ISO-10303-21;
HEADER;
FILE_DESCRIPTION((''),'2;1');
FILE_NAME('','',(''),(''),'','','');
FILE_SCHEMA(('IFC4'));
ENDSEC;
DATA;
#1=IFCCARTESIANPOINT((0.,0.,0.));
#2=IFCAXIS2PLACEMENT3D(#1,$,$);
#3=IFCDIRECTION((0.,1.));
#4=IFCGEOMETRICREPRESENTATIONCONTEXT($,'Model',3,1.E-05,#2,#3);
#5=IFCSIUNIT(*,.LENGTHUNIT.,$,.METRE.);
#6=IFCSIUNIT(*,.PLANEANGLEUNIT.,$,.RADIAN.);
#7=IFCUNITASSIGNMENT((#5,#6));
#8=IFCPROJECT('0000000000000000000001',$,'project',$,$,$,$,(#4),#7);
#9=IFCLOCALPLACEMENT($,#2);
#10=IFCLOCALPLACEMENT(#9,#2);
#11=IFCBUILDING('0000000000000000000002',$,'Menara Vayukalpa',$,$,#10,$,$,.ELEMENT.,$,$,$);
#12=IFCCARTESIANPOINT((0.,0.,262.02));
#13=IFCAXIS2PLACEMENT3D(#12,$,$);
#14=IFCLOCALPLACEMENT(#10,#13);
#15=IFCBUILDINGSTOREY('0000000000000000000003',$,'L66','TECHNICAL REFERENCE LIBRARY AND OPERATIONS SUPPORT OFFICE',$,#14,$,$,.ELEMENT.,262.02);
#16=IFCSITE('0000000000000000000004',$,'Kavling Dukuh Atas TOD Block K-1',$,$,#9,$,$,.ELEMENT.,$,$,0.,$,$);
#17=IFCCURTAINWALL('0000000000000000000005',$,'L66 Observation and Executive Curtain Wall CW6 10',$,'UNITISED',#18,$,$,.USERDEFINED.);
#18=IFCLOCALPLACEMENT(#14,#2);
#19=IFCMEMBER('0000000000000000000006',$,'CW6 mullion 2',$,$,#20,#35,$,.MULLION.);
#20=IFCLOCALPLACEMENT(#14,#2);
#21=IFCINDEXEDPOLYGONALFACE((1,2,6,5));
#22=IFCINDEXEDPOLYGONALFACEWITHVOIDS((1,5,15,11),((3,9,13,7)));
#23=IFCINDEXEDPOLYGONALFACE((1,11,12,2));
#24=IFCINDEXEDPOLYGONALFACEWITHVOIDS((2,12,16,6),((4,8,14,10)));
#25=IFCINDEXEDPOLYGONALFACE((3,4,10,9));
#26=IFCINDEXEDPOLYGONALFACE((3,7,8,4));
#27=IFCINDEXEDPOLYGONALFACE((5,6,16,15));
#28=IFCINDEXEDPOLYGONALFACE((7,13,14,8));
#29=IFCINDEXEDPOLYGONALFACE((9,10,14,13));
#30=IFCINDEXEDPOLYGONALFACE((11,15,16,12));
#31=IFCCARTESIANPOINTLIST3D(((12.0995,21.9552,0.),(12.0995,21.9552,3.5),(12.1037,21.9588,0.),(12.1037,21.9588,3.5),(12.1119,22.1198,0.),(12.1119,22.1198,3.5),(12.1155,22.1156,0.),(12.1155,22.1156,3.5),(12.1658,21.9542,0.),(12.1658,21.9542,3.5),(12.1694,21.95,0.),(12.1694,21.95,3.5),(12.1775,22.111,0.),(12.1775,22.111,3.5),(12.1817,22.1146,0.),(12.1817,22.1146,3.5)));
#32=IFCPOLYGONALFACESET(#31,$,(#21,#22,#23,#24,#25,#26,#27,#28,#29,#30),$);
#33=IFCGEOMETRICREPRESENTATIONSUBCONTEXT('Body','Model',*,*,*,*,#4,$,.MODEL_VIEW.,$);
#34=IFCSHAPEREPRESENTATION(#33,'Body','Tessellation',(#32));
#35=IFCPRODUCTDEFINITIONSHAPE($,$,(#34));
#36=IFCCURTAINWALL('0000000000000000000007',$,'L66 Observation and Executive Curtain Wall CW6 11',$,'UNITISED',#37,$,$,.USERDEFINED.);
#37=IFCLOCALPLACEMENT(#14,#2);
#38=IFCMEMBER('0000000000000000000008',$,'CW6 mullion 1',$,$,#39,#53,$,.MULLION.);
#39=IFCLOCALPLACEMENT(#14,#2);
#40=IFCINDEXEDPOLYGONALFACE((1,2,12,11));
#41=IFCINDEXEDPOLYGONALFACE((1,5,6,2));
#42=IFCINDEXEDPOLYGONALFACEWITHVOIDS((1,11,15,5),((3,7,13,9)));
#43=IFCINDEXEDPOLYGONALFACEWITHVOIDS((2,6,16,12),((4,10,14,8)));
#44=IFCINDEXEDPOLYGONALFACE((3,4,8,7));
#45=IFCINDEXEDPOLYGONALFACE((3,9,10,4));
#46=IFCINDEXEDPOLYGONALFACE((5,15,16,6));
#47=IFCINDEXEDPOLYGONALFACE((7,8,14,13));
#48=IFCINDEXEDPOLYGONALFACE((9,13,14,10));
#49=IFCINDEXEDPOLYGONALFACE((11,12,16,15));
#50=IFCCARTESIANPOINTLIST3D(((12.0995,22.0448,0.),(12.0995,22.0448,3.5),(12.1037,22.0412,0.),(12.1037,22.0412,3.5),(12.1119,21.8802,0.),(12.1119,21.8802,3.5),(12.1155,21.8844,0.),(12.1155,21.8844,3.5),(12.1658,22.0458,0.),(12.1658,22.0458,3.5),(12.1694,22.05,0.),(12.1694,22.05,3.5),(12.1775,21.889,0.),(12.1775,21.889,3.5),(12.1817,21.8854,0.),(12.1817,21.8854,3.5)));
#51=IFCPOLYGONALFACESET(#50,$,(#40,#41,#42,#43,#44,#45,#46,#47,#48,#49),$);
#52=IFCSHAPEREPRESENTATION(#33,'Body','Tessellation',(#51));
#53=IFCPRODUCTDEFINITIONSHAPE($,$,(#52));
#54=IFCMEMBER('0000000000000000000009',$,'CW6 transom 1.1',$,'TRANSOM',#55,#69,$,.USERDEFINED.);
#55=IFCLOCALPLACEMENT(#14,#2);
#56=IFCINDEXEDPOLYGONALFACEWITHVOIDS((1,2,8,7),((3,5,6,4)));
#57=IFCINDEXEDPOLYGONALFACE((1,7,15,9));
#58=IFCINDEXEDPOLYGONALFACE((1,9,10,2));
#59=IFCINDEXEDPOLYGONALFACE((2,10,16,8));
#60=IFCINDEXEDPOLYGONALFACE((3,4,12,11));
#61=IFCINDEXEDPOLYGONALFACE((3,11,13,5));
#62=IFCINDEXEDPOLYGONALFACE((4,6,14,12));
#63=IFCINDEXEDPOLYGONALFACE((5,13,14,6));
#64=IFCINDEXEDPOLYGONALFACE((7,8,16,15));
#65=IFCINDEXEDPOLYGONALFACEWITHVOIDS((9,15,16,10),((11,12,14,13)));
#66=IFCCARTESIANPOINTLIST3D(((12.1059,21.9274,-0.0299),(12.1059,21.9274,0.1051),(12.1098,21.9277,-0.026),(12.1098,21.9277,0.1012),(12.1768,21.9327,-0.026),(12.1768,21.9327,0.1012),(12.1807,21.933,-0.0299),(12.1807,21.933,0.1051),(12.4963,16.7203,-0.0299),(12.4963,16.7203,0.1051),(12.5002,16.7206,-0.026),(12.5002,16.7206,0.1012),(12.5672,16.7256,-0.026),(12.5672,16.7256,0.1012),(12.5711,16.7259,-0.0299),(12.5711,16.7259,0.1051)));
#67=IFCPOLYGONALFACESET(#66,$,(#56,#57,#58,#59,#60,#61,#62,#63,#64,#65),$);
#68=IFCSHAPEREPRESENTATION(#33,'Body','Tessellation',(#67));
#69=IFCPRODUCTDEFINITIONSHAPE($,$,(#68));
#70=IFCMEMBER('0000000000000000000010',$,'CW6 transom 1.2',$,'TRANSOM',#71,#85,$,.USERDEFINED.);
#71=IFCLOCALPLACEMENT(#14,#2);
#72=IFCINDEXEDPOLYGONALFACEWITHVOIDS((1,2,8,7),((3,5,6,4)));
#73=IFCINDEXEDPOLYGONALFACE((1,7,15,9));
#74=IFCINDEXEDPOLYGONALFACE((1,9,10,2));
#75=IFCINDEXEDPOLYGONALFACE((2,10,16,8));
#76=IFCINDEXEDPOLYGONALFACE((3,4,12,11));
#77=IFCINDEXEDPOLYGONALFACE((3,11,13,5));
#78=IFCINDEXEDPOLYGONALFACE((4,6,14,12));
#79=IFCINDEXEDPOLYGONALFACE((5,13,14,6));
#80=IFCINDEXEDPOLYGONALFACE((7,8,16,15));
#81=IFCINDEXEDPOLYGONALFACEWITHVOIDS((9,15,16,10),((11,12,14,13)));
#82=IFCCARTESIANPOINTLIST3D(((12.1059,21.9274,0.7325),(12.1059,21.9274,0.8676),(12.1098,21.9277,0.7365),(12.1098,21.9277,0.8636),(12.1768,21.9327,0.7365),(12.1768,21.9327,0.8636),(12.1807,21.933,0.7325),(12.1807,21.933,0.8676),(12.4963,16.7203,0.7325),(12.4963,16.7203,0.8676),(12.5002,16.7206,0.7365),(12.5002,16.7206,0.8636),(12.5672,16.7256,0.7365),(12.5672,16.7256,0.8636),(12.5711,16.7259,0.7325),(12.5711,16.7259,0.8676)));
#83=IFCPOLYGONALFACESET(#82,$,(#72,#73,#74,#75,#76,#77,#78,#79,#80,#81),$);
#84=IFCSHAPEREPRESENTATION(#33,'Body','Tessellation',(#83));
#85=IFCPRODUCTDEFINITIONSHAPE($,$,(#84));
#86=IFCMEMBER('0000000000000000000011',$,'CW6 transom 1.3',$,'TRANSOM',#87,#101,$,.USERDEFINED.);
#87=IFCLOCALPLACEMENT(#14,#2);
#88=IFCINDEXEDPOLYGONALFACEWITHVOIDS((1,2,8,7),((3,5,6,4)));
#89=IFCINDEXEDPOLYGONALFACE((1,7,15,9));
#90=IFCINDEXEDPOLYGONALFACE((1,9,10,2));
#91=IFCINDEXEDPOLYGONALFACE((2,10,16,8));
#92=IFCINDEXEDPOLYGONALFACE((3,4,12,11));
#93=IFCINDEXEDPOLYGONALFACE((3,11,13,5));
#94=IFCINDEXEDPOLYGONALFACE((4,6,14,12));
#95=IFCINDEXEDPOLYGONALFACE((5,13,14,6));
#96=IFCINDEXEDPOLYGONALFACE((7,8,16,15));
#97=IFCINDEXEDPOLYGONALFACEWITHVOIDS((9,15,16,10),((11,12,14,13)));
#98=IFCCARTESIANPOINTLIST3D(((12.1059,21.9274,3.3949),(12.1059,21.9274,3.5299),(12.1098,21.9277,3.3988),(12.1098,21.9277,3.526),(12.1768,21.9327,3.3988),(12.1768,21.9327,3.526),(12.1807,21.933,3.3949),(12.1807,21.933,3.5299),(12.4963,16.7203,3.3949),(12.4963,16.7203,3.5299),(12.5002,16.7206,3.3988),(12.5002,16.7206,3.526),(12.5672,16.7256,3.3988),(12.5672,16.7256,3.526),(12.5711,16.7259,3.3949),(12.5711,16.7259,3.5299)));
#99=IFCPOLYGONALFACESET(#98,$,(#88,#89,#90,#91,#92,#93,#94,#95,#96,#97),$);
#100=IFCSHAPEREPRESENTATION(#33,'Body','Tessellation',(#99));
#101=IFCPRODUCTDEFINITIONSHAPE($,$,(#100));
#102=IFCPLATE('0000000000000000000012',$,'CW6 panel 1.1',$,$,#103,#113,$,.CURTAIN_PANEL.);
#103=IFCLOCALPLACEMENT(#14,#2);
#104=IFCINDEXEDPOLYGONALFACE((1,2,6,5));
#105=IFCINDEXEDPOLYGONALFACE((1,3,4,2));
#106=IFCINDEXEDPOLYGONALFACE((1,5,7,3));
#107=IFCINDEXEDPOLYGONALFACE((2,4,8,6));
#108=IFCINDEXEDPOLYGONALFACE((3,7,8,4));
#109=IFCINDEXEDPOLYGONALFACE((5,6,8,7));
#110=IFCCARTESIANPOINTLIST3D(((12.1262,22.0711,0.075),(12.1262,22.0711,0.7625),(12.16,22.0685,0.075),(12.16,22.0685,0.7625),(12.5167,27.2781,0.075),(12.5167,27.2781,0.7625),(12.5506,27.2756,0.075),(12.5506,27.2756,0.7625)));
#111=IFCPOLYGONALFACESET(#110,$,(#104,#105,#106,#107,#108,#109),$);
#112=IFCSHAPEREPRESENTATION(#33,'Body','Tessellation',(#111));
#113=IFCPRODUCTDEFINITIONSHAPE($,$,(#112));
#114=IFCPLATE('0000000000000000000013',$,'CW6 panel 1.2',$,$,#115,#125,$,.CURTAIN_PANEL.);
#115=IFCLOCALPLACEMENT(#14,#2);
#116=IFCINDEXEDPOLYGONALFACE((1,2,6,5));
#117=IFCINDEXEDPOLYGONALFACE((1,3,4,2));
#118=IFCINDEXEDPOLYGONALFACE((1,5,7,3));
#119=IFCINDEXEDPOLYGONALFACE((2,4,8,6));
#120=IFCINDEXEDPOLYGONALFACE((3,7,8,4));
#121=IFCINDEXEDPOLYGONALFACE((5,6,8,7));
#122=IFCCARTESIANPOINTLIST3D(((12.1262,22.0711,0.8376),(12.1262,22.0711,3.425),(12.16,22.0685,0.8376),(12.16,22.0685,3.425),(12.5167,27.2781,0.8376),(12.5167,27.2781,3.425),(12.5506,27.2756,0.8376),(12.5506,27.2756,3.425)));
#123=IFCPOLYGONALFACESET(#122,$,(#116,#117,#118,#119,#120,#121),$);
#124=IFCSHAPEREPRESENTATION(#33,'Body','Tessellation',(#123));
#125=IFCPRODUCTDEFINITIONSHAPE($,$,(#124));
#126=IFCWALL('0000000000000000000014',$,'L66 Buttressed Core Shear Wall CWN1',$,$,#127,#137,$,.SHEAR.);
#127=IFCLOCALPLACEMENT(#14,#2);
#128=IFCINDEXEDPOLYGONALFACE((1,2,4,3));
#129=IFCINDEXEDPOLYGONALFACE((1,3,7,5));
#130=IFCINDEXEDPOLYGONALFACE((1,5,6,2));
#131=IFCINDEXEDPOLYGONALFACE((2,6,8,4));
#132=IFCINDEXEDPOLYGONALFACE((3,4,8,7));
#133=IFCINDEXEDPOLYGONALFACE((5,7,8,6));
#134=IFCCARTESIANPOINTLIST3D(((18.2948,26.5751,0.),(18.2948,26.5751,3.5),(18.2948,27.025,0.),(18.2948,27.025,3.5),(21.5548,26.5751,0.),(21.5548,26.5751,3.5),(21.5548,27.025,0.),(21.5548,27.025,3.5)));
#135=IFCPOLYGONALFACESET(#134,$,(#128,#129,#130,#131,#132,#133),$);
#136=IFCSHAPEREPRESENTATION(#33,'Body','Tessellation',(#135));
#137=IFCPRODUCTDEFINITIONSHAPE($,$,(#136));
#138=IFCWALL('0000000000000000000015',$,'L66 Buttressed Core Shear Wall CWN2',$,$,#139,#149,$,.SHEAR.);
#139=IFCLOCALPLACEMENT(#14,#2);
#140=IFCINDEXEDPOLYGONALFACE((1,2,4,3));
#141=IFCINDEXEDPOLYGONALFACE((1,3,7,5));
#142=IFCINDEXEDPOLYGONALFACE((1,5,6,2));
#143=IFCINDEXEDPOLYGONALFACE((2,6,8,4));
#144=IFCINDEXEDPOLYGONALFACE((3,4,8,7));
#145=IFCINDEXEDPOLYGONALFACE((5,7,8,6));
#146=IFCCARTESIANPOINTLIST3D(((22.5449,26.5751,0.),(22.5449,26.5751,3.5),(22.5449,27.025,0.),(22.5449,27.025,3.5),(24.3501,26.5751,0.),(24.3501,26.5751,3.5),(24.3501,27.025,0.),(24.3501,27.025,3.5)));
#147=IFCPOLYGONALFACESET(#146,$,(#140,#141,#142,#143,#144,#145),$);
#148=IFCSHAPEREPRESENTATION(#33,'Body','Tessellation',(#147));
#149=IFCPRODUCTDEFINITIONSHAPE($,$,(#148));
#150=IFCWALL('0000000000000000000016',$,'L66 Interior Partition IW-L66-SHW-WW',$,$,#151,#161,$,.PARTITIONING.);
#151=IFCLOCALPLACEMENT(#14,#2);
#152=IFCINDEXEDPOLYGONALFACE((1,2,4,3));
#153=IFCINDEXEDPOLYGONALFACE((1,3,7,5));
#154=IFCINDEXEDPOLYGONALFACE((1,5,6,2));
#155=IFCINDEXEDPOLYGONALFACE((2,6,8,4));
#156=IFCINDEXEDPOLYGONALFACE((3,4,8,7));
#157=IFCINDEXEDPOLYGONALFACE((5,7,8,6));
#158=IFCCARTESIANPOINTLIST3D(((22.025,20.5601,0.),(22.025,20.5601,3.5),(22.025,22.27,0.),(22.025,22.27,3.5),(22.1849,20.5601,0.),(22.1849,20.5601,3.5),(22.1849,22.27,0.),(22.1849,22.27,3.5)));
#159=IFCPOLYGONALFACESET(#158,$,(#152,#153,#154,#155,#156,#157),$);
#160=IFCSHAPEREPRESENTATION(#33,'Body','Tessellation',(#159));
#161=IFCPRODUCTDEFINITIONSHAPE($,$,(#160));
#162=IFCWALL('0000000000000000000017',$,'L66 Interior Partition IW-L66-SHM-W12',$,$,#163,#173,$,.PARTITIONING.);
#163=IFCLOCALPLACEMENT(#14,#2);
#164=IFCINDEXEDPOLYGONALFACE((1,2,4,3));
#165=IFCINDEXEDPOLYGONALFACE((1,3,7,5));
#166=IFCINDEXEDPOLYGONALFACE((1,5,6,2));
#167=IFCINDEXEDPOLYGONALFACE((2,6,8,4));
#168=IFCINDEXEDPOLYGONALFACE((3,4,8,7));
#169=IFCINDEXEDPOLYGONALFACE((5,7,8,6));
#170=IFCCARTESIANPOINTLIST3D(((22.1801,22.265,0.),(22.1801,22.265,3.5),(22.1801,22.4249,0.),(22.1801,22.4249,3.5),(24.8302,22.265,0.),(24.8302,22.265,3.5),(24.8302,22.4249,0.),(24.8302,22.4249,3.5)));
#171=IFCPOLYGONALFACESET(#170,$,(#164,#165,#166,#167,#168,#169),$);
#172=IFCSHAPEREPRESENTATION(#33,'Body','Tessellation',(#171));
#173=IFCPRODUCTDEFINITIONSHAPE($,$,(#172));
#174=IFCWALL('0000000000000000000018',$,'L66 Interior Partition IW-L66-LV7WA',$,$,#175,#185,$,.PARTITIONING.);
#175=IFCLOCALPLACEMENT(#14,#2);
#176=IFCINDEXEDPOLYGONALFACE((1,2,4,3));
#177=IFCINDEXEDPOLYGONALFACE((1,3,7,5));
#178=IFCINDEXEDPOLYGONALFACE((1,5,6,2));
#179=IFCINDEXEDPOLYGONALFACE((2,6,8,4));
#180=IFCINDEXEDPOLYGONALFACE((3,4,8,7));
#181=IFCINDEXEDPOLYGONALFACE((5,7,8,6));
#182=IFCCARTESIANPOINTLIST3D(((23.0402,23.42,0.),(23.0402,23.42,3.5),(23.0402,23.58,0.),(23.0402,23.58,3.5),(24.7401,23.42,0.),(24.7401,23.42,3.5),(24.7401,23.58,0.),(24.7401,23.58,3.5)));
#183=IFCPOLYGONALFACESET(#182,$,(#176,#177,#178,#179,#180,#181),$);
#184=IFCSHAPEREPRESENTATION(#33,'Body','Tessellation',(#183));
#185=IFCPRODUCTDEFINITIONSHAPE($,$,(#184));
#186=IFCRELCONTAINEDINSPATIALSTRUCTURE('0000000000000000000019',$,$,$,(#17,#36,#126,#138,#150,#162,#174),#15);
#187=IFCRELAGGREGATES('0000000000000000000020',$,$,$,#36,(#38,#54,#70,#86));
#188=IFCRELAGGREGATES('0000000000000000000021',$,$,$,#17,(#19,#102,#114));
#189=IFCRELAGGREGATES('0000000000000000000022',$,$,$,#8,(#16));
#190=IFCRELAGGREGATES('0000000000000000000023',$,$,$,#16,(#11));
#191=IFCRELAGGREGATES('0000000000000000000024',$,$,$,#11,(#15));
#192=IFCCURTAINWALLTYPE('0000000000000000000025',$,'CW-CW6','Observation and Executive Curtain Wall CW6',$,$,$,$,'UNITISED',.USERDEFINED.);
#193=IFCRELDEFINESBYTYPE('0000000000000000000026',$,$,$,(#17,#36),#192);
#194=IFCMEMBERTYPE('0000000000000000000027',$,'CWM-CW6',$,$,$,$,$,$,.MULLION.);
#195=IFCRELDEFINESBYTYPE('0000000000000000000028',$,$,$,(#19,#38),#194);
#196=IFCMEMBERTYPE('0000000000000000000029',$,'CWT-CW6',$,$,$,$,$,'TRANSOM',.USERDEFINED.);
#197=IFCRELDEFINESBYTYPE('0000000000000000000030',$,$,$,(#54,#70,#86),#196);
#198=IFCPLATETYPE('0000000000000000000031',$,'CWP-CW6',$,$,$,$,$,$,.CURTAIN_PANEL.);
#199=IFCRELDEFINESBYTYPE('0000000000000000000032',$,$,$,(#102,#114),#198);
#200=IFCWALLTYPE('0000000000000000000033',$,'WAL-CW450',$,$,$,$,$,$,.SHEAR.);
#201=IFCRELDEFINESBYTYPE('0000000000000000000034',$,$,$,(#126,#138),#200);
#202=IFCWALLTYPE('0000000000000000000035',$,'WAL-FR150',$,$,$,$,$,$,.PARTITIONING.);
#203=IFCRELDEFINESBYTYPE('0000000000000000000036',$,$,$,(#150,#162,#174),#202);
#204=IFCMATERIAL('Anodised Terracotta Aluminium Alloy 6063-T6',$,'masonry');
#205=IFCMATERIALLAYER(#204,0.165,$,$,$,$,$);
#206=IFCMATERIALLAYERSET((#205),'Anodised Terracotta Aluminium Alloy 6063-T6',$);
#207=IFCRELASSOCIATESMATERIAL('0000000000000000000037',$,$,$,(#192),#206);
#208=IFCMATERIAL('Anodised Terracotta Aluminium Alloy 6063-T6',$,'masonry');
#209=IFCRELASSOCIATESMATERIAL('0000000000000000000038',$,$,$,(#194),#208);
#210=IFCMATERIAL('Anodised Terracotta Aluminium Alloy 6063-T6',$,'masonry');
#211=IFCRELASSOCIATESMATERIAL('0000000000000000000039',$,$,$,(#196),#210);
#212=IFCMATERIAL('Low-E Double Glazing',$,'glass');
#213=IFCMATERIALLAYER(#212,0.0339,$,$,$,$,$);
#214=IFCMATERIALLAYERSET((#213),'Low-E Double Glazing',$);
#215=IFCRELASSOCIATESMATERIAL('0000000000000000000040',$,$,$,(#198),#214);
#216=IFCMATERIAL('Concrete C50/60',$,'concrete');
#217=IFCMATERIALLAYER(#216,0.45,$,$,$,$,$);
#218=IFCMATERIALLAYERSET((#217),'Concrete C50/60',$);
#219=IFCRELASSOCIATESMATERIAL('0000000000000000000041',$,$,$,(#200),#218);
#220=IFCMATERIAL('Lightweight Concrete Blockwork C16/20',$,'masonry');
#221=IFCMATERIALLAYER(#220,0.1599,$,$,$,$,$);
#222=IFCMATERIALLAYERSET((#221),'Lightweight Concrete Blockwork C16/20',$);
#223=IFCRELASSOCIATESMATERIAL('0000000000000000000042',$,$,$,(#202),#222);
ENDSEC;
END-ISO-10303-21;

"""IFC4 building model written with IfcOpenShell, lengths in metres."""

from ifc_helpers import new_model, si_unit, direction, frame, frame_2d, origin, origin_2d, place, context, subcontext, project, spatial, rectangle, hollow_rectangle, extrude, material, layer, layer_set, material_profile, profile_set, type_object, element, aggregate, save


model = new_model("IFC4")

# Units and contexts
model_context = context("Model", 3, precision=1e-05, world=origin(), true_north=direction((0.0, 1.0)))
body_context = subcontext(model_context, "Body", "Model", "MODEL_VIEW")
ifc_project = project(units=[si_unit("LENGTHUNIT", "METRE"), si_unit("PLANEANGLEUNIT", "RADIAN")], contexts=[model_context])

# Site, building, storey
site_placement = place(None, origin())
site = spatial("IfcSite", under=ifc_project, at=site_placement, Name="Kavling Dukuh Atas TOD Block K-1", CompositionType="ELEMENT", RefElevation=0.0)
building_placement = place(site_placement, origin())
building = spatial("IfcBuilding", under=site, at=building_placement, Name="Menara Vayukalpa", CompositionType="ELEMENT")
storey_placement = place(building_placement, frame((0.0, 0.0, 262.02)))
storey = spatial("IfcBuildingStorey", under=building, at=storey_placement, Name="L66", Description="TECHNICAL REFERENCE LIBRARY AND OPERATIONS SUPPORT OFFICE", CompositionType="ELEMENT", Elevation=262.02)

# Curtain wall, member
ifc_material_1 = material(Name="Anodised Terracotta Aluminium Alloy 6063-T6", Category="masonry")
ifc_layer_1 = layer(ifc_material_1, 0.165)
ifc_layer_set_1 = layer_set([ifc_layer_1], Name="Anodised Terracotta Aluminium Alloy 6063-T6")
curtain_wall_type = type_object("IfcCurtainWallType", Name="CW-CW6", Description="Observation and Executive Curtain Wall CW6", ElementType="UNITISED", PredefinedType="USERDEFINED", material=ifc_layer_set_1)
curtain_wall_1_placement = place(storey_placement, origin())
curtain_wall_1 = element("IfcCurtainWall", 1, at=curtain_wall_1_placement, inside=storey, type_object=curtain_wall_type, Name="L66 Observation and Executive Curtain Wall CW6 10", ObjectType="UNITISED", PredefinedType="USERDEFINED")
ifc_material_2 = material(Name="Anodised Terracotta Aluminium Alloy 6063-T6", Category="masonry")
ifc_material_profile_1 = material_profile(ifc_material_2, hollow_rectangle(XDim=0.0701, YDim=0.165, WallThickness=0.0039, at=origin_2d()), Name="ALU 70x165x4")
ifc_profile_set_1 = profile_set([ifc_material_profile_1], Name="Anodised Terracotta Aluminium Alloy 6063-T6")
member_type_1 = type_object("IfcMemberType", Name="CWM-CW6", PredefinedType="MULLION", material=ifc_profile_set_1)
member_1_placement = place(storey_placement, frame((12.1406, 22.0349, 0.0), z_axis=(0.0, 0.0, 1.0), x_axis=(0.997199, -0.074789, 0.0)))
member_1 = element("IfcMember", 2, at=member_1_placement, type_object=member_type_1, Name="CW6 mullion 2", PredefinedType="MULLION", context=body_context, shape_type="SweptSolid", body=[
    extrude(hollow_rectangle(XDim=0.0701, YDim=0.165, WallThickness=0.0039, at=origin_2d()), origin(), (0.0, 0.0, 1.0), 3.5),
])

# Curtain wall, members
curtain_wall_2_placement = place(storey_placement, origin())
curtain_wall_2 = element("IfcCurtainWall", 3, at=curtain_wall_2_placement, inside=storey, type_object=curtain_wall_type, Name="L66 Observation and Executive Curtain Wall CW6 11", ObjectType="UNITISED", PredefinedType="USERDEFINED")
member_2_placement = place(storey_placement, frame((12.1406, 21.9651, 0.0), z_axis=(0.0, 0.0, 1.0), x_axis=(0.997199, 0.074789, 0.0)))
member_2 = element("IfcMember", 4, at=member_2_placement, type_object=member_type_1, Name="CW6 mullion 1", PredefinedType="MULLION", context=body_context, shape_type="SweptSolid", body=[
    extrude(hollow_rectangle(XDim=0.0701, YDim=0.165, WallThickness=0.0039, at=origin_2d()), origin(), (0.0, 0.0, 1.0), 3.5),
])
ifc_material_3 = material(Name="Anodised Terracotta Aluminium Alloy 6063-T6", Category="masonry")
ifc_material_profile_2 = material_profile(ifc_material_3, hollow_rectangle(XDim=0.075, YDim=0.135, WallThickness=0.0039, at=origin_2d()), Name="ALU 75x135x4")
ifc_profile_set_2 = profile_set([ifc_material_profile_2], Name="Anodised Terracotta Aluminium Alloy 6063-T6")
member_type_2 = type_object("IfcMemberType", Name="CWT-CW6", ElementType="TRANSOM", PredefinedType="USERDEFINED", material=ifc_profile_set_2)
member_3_placement = place(storey_placement, frame((12.1433, 21.9302, 0.0376), z_axis=(0.074762, -0.997201, 0.0), x_axis=(0.997201, 0.074762, 0.0)))
member_3 = element("IfcMember", 5, at=member_3_placement, type_object=member_type_2, Name="CW6 transom 1.1", ObjectType="TRANSOM", PredefinedType="USERDEFINED", context=body_context, shape_type="SweptSolid", body=[
    extrude(hollow_rectangle(XDim=0.075, YDim=0.135, WallThickness=0.0039, at=origin_2d()), origin(), (0.0, 0.0, 1.0), 5.2217),
])
member_4_placement = place(storey_placement, frame((12.1433, 21.9302, 0.8), z_axis=(0.074762, -0.997201, 0.0), x_axis=(0.997201, 0.074762, 0.0)))
member_4 = element("IfcMember", 6, at=member_4_placement, type_object=member_type_2, Name="CW6 transom 1.2", ObjectType="TRANSOM", PredefinedType="USERDEFINED", context=body_context, shape_type="SweptSolid", body=[
    extrude(hollow_rectangle(XDim=0.075, YDim=0.135, WallThickness=0.0039, at=origin_2d()), origin(), (0.0, 0.0, 1.0), 5.2217),
])
member_5_placement = place(storey_placement, frame((12.1433, 21.9302, 3.4624), z_axis=(0.074762, -0.997201, 0.0), x_axis=(0.997201, 0.074762, 0.0)))
member_5 = element("IfcMember", 7, at=member_5_placement, type_object=member_type_2, Name="CW6 transom 1.3", ObjectType="TRANSOM", PredefinedType="USERDEFINED", context=body_context, shape_type="SweptSolid", body=[
    extrude(hollow_rectangle(XDim=0.075, YDim=0.135, WallThickness=0.0039, at=origin_2d()), origin(), (0.0, 0.0, 1.0), 5.2217),
])
aggregate(curtain_wall_2, [member_2, member_3, member_4, member_5])

# Plates
ifc_material_4 = material(Name="Low-E Double Glazing", Category="glass")
ifc_layer_2 = layer(ifc_material_4, 0.0339)
ifc_layer_set_2 = layer_set([ifc_layer_2], Name="Low-E Double Glazing")
plate_type = type_object("IfcPlateType", Name="CWP-CW6", PredefinedType="CURTAIN_PANEL", material=ifc_layer_set_2)
plate_1_placement = place(storey_placement, frame((12.3384, 24.6733, 0.075), z_axis=(0.0, 0.0, 1.0), x_axis=(-0.074789, -0.997199, 0.0)))
plate_1 = element("IfcPlate", 8, at=plate_1_placement, type_object=plate_type, Name="CW6 panel 1.1", PredefinedType="CURTAIN_PANEL", context=body_context, shape_type="SweptSolid", body=[
    extrude(rectangle(XDim=5.2217, YDim=0.0339, at=origin_2d()), origin(), (0.0, 0.0, 1.0), 0.6875),
])
plate_2_placement = place(storey_placement, frame((12.3384, 24.6733, 0.8376), z_axis=(0.0, 0.0, 1.0), x_axis=(-0.074789, -0.997199, 0.0)))
plate_2 = element("IfcPlate", 9, at=plate_2_placement, type_object=plate_type, Name="CW6 panel 1.2", PredefinedType="CURTAIN_PANEL", context=body_context, shape_type="SweptSolid", body=[
    extrude(rectangle(XDim=5.2217, YDim=0.0339, at=origin_2d()), origin(), (0.0, 0.0, 1.0), 2.5874),
])
aggregate(curtain_wall_1, [member_1, plate_1, plate_2])

# Walls
ifc_material_5 = material(Name="Concrete C50/60", Category="concrete")
ifc_layer_3 = layer(ifc_material_5, 0.45)
ifc_layer_set_3 = layer_set([ifc_layer_3], Name="Concrete C50/60")
wall_type_1 = type_object("IfcWallType", Name="WAL-CW450", PredefinedType="SHEAR", material=ifc_layer_set_3)
wall_1_placement = place(storey_placement, frame((18.2949, 26.8, 0.0), z_axis=(0.0, 0.0, 1.0), x_axis=(1.0, 0.0, 0.0)))
element("IfcWall", 10, at=wall_1_placement, inside=storey, type_object=wall_type_1, Name="L66 Buttressed Core Shear Wall CWN1", PredefinedType="SHEAR", context=body_context, shape_type="SweptSolid", body=[
    extrude(rectangle(XDim=3.26, YDim=0.45, at=frame_2d((1.6299, 0.0))), origin(), (0.0, 0.0, 1.0), 3.5),
])
wall_2_placement = place(storey_placement, frame((22.5449, 26.8, 0.0), z_axis=(0.0, 0.0, 1.0), x_axis=(1.0, 0.0, 0.0)))
element("IfcWall", 11, at=wall_2_placement, inside=storey, type_object=wall_type_1, Name="L66 Buttressed Core Shear Wall CWN2", PredefinedType="SHEAR", context=body_context, shape_type="SweptSolid", body=[
    extrude(rectangle(XDim=1.8052, YDim=0.45, at=frame_2d((0.9026, 0.0))), origin(), (0.0, 0.0, 1.0), 3.5),
])
ifc_material_6 = material(Name="Lightweight Concrete Blockwork C16/20", Category="masonry")
ifc_layer_4 = layer(ifc_material_6, 0.1599)
ifc_layer_set_4 = layer_set([ifc_layer_4], Name="Lightweight Concrete Blockwork C16/20")
wall_type_2 = type_object("IfcWallType", Name="WAL-FR150", PredefinedType="PARTITIONING", material=ifc_layer_set_4)
wall_3_placement = place(storey_placement, frame((22.105, 20.5601, 0.0), z_axis=(0.0, 0.0, 1.0), x_axis=(0.0, 1.0, 0.0)))
element("IfcWall", 12, at=wall_3_placement, inside=storey, type_object=wall_type_2, Name="L66 Interior Partition IW-L66-SHW-WW", PredefinedType="PARTITIONING", context=body_context, shape_type="SweptSolid", body=[
    extrude(rectangle(XDim=1.71, YDim=0.1599, at=frame_2d((0.855, 0.0))), origin(), (0.0, 0.0, 1.0), 3.5),
])
wall_4_placement = place(storey_placement, frame((22.1799, 22.345, 0.0), z_axis=(0.0, 0.0, 1.0), x_axis=(1.0, 0.0, 0.0)))
element("IfcWall", 13, at=wall_4_placement, inside=storey, type_object=wall_type_2, Name="L66 Interior Partition IW-L66-SHM-W12", PredefinedType="PARTITIONING", context=body_context, shape_type="SweptSolid", body=[
    extrude(rectangle(XDim=2.6501, YDim=0.1599, at=frame_2d((1.3252, 0.0))), origin(), (0.0, 0.0, 1.0), 3.5),
])
wall_5_placement = place(storey_placement, frame((23.04, 23.5, 0.0), z_axis=(0.0, 0.0, 1.0), x_axis=(1.0, 0.0, 0.0)))
element("IfcWall", 14, at=wall_5_placement, inside=storey, type_object=wall_type_2, Name="L66 Interior Partition IW-L66-LV7WA", PredefinedType="PARTITIONING", context=body_context, shape_type="SweptSolid", body=[
    extrude(rectangle(XDim=1.7, YDim=0.1599, at=frame_2d((0.8501, 0.0))), origin(), (0.0, 0.0, 1.0), 3.5),
])

save(model, "model.ifc")
